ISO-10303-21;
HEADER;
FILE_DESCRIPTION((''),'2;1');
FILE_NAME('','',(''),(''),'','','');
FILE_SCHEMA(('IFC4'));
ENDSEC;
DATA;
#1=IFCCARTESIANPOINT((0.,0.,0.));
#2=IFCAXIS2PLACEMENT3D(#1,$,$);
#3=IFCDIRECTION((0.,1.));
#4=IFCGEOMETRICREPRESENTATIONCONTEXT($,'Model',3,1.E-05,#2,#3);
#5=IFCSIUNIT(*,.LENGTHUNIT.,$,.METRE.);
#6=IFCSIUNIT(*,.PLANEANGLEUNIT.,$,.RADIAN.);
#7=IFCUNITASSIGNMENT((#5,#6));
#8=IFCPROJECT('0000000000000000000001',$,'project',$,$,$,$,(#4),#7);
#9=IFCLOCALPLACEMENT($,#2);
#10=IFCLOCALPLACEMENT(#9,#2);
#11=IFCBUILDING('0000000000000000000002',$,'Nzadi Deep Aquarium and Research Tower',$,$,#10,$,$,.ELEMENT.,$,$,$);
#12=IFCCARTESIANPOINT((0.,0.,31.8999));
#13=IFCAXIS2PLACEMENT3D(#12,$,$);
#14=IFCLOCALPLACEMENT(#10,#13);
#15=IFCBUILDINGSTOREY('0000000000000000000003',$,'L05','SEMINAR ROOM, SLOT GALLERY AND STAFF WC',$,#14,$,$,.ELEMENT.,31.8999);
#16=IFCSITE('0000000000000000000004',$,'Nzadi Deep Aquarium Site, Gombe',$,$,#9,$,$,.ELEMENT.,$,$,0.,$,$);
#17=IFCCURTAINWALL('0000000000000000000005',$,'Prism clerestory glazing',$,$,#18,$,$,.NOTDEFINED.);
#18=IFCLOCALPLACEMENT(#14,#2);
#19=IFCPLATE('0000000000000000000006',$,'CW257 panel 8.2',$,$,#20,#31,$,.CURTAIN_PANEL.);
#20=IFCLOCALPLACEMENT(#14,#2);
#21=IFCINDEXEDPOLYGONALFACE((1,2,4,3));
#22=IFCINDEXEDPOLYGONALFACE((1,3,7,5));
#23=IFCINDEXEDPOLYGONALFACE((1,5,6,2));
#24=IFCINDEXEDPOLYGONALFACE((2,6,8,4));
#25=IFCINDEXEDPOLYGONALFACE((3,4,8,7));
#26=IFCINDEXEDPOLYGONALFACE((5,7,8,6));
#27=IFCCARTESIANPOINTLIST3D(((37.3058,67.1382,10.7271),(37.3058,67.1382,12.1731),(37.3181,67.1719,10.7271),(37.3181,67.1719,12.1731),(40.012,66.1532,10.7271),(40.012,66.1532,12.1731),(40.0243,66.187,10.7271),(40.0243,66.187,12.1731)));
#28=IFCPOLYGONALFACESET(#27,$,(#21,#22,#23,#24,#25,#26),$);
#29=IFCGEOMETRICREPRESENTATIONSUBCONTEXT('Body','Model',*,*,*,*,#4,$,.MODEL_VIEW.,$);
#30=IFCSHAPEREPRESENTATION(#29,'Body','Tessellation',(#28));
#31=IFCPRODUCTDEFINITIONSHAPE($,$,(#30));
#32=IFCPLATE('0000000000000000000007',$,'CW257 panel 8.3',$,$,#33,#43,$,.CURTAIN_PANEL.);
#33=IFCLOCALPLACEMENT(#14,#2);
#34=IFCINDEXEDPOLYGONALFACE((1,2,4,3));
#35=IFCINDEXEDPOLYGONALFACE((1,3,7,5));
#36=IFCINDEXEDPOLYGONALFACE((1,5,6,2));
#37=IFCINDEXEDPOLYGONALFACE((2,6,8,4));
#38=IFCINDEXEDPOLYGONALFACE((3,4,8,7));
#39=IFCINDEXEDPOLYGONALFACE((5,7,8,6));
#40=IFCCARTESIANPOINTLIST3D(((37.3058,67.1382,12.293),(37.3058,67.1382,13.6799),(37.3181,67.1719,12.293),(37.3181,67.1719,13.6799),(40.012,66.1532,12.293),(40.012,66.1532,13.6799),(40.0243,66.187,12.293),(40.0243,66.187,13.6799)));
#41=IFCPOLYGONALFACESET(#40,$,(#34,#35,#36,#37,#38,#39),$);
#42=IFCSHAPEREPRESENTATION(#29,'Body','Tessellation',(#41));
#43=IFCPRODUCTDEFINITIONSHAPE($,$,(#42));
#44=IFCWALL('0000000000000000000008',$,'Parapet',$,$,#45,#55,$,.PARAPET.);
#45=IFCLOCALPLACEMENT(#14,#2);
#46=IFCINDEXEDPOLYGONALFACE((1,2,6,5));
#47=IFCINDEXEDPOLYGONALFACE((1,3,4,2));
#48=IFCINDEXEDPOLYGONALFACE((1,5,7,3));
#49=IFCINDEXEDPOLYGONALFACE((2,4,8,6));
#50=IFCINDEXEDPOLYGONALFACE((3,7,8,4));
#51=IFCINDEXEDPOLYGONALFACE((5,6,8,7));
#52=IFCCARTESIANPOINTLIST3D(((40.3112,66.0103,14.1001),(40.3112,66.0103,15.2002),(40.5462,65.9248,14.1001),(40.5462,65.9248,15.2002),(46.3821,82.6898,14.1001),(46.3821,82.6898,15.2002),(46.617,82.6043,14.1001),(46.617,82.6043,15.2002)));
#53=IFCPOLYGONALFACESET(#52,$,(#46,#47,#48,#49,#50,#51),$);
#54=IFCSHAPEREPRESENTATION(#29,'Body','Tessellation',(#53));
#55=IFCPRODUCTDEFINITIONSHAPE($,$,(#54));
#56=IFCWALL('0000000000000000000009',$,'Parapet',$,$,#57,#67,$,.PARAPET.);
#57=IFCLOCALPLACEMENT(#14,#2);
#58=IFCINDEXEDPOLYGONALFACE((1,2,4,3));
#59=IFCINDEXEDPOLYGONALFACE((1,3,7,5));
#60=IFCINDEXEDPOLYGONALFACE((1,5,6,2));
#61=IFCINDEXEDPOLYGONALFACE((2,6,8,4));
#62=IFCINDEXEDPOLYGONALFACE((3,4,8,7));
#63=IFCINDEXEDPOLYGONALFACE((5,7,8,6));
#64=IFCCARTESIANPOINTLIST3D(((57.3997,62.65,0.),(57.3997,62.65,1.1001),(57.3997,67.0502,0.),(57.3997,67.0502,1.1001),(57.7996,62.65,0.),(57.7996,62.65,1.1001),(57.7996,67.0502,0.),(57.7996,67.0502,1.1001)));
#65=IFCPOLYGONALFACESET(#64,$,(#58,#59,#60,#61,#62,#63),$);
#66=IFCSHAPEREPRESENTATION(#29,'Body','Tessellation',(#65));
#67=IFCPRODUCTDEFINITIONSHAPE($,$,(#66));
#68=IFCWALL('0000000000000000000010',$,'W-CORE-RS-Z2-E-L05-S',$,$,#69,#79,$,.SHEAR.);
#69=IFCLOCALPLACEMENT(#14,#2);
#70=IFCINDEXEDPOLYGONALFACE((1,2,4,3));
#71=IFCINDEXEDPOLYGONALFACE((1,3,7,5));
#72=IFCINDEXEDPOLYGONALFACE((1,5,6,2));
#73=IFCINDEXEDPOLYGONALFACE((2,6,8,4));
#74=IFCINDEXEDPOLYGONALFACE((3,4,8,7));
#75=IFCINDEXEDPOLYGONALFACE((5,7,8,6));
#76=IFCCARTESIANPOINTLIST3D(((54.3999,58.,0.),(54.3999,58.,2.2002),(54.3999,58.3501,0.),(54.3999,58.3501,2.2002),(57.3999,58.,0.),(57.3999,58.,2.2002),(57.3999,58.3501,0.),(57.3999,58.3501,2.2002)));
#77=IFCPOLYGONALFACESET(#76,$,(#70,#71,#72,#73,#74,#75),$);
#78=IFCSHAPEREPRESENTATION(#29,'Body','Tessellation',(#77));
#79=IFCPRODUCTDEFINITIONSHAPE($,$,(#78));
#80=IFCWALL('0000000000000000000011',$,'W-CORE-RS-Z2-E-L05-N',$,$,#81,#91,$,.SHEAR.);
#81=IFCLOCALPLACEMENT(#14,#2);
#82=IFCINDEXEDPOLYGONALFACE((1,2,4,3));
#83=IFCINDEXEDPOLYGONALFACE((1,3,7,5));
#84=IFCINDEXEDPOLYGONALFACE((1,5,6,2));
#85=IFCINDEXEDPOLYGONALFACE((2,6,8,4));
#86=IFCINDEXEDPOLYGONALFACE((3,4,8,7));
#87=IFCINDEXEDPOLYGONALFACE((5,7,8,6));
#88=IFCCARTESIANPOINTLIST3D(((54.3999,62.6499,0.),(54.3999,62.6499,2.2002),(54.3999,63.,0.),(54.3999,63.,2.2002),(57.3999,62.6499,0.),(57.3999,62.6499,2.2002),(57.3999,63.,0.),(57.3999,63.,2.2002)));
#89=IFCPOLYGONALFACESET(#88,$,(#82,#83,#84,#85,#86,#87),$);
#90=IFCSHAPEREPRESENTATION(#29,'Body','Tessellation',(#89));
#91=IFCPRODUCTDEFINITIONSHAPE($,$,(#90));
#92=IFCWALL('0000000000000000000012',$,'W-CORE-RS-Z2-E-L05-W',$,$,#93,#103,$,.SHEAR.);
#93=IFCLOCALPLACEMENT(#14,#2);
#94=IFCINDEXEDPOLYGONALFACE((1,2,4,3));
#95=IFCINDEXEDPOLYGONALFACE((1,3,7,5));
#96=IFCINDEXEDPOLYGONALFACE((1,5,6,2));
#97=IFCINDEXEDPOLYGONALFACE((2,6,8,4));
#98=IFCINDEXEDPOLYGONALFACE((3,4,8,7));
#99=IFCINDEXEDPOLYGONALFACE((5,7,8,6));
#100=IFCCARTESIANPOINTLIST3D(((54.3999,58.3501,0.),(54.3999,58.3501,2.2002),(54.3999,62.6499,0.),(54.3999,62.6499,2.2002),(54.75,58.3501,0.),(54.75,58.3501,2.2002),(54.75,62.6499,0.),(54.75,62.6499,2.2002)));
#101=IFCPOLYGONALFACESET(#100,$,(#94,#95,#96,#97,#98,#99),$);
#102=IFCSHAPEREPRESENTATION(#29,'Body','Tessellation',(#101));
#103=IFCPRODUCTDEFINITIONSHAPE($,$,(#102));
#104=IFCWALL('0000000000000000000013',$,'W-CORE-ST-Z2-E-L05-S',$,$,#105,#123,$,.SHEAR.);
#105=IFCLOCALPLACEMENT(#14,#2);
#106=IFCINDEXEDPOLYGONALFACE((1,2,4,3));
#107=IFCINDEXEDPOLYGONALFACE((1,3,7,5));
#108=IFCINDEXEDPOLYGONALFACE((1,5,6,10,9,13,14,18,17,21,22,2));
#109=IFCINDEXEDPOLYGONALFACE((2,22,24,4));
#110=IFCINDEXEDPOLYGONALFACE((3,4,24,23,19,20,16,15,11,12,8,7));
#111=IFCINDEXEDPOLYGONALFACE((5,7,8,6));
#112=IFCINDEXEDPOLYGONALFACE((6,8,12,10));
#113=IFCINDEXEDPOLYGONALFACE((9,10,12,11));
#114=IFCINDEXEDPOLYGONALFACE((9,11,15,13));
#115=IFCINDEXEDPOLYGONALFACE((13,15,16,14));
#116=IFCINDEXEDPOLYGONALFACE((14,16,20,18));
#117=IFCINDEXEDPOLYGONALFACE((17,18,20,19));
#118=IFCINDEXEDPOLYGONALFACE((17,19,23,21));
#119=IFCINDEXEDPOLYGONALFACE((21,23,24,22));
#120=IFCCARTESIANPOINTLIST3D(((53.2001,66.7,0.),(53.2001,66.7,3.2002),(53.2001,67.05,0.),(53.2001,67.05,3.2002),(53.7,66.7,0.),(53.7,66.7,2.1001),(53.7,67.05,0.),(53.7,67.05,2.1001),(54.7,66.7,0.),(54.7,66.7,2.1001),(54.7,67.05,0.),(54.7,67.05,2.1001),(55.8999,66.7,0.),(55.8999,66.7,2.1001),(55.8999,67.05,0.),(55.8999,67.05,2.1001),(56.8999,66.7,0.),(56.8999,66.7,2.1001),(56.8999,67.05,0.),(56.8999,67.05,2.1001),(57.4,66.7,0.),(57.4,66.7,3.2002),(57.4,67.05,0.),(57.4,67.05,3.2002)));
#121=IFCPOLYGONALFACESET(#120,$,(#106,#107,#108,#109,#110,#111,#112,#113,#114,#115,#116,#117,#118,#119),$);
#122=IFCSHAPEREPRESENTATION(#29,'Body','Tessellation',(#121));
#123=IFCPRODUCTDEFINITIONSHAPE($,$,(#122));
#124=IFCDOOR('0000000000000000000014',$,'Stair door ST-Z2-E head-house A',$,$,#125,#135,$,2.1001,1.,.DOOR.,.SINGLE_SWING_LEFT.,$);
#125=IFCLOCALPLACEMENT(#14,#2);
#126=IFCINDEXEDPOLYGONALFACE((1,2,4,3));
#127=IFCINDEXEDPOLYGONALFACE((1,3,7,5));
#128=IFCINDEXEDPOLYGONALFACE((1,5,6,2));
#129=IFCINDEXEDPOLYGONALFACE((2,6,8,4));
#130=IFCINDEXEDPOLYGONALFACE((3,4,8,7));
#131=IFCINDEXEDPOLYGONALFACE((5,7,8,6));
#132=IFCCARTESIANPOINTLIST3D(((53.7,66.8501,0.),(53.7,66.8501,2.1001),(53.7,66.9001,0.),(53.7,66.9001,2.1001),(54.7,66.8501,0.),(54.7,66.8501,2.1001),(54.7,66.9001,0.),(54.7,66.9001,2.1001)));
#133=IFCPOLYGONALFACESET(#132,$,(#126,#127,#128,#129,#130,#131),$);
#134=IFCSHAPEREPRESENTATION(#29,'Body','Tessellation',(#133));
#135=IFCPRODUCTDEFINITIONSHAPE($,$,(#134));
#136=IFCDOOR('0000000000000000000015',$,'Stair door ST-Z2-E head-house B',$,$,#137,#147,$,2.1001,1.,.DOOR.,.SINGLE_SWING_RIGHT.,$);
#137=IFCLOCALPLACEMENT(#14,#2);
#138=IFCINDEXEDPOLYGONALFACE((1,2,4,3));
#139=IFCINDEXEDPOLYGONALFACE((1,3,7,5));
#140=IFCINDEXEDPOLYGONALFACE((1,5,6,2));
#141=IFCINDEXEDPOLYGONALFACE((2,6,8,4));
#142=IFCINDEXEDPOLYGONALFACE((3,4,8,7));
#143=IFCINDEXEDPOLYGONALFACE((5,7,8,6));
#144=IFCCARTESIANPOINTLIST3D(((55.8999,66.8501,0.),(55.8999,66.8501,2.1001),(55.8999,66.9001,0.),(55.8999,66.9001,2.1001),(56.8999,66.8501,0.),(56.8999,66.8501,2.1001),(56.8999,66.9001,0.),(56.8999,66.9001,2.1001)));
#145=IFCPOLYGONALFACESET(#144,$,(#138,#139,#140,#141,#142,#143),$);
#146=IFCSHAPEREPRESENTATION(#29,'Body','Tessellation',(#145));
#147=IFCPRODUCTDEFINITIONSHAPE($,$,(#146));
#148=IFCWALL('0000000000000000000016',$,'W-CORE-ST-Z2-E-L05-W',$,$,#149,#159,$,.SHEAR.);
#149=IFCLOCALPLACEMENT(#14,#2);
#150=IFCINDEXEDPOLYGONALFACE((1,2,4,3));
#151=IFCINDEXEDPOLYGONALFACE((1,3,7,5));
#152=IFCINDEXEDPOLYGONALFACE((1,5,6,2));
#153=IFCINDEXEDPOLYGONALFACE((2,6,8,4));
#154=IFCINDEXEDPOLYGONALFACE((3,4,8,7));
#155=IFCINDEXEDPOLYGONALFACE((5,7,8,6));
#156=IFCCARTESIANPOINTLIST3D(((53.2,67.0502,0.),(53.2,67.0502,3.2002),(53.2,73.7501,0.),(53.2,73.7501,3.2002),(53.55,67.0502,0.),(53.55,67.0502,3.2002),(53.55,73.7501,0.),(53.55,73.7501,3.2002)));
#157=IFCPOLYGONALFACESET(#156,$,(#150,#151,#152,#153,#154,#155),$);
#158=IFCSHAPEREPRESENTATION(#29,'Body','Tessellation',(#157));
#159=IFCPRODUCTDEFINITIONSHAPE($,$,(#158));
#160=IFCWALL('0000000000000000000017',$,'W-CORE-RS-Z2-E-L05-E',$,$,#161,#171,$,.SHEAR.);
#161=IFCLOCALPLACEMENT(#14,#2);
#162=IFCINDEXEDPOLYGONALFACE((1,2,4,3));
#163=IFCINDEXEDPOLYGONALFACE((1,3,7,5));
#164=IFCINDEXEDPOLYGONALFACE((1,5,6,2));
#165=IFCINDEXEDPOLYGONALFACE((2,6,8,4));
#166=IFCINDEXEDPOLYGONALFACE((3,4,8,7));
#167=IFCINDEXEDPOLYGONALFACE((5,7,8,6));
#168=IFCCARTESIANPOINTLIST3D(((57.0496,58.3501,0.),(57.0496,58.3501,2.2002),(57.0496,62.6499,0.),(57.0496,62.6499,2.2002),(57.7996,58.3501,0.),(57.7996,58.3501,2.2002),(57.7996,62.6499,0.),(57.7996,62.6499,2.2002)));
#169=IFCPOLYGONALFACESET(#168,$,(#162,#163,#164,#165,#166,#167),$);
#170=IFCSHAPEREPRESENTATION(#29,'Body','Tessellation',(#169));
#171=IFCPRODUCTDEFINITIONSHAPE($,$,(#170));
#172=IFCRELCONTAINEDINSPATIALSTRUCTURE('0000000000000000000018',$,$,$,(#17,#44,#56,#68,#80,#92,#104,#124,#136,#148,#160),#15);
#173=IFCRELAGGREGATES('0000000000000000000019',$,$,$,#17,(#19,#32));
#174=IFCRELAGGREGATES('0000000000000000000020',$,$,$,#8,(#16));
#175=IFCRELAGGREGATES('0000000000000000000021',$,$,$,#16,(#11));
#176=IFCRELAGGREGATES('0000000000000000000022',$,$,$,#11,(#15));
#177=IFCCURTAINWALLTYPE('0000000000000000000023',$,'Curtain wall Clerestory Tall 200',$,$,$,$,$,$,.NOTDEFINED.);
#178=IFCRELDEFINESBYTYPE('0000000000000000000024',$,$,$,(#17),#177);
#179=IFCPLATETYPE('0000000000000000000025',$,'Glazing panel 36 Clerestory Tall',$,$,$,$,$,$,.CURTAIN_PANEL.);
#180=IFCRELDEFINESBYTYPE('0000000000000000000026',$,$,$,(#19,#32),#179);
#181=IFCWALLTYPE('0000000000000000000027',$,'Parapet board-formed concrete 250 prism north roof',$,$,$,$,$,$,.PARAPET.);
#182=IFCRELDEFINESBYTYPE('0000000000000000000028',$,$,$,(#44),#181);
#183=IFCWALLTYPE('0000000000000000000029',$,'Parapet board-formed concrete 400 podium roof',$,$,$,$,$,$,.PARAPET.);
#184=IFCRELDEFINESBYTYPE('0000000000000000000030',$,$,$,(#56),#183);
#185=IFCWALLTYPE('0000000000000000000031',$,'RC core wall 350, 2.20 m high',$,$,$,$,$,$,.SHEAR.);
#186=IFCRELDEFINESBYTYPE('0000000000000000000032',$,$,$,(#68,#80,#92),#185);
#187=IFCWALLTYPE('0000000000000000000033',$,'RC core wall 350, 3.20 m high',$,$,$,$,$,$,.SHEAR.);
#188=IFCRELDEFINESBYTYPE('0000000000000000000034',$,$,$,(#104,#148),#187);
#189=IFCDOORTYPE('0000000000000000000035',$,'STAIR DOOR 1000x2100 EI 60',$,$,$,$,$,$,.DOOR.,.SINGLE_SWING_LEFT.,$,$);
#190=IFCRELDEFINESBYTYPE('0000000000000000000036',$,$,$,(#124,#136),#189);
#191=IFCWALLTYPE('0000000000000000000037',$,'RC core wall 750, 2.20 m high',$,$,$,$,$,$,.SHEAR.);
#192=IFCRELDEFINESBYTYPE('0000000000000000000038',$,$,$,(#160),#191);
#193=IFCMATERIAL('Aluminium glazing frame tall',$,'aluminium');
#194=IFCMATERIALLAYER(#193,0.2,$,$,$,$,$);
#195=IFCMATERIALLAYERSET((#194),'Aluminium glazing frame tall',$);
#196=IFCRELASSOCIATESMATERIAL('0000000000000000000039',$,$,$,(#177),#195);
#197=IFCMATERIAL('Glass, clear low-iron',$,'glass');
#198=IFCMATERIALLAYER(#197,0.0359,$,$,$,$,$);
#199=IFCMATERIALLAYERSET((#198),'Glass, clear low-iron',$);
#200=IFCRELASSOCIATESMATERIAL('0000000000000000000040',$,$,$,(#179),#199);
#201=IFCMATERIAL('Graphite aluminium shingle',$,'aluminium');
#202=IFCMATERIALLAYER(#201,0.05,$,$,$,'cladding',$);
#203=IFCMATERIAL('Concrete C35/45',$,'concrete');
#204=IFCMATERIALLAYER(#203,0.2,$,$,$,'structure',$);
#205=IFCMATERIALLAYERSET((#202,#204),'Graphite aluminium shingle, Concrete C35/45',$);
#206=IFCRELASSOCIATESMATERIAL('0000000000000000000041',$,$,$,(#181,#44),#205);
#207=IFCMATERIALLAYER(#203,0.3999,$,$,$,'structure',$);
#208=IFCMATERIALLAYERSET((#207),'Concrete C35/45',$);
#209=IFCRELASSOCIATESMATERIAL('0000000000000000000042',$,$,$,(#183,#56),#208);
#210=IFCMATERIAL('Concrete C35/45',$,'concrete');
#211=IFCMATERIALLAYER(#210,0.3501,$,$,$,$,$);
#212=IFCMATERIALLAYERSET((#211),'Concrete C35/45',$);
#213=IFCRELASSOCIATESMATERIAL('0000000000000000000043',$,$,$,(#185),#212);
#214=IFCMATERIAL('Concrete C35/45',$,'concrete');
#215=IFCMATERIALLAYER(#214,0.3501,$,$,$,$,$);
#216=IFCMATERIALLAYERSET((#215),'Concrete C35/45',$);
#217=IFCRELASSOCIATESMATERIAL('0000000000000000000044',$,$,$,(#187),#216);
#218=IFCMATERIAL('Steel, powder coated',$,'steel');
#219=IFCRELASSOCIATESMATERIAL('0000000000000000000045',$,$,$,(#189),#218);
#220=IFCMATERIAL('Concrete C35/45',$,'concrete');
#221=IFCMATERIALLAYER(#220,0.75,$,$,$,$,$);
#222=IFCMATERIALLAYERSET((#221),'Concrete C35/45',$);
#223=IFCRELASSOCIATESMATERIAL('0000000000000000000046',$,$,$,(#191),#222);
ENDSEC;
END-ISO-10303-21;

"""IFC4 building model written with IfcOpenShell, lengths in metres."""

from ifc_helpers import new_model, si_unit, direction, frame, frame_2d, origin, origin_2d, place, context, subcontext, project, spatial, rectangle, extrude, material, layer, layer_set, layer_usage, type_object, element, fill, aggregate, save


model = new_model("IFC4")

# Units and contexts
model_context = context("Model", 3, precision=1e-05, world=origin(), true_north=direction((0.0, 1.0)))
body_context = subcontext(model_context, "Body", "Model", "MODEL_VIEW")
ifc_project = project(units=[si_unit("LENGTHUNIT", "METRE"), si_unit("PLANEANGLEUNIT", "RADIAN")], contexts=[model_context])

# Site, building, storey
site_placement = place(None, origin())
site = spatial("IfcSite", under=ifc_project, at=site_placement, Name="Nzadi Deep Aquarium Site, Gombe", CompositionType="ELEMENT", RefElevation=0.0)
building_placement = place(site_placement, origin())
building = spatial("IfcBuilding", under=site, at=building_placement, Name="Nzadi Deep Aquarium and Research Tower", CompositionType="ELEMENT")
storey_placement = place(building_placement, frame((0.0, 0.0, 31.8999)))
storey = spatial("IfcBuildingStorey", under=building, at=storey_placement, Name="L05", Description="SEMINAR ROOM, SLOT GALLERY AND STAFF WC", CompositionType="ELEMENT", Elevation=31.8999)

# Curtain wall
ifc_material_1 = material(Name="Aluminium glazing frame tall", Category="aluminium")
ifc_layer_1 = layer(ifc_material_1, 0.2)
ifc_layer_set_1 = layer_set([ifc_layer_1], Name="Aluminium glazing frame tall")
curtain_wall_type = type_object("IfcCurtainWallType", Name="Curtain wall Clerestory Tall 200", PredefinedType="NOTDEFINED", material=ifc_layer_set_1)
curtain_wall_placement = place(storey_placement, origin())
curtain_wall = element("IfcCurtainWall", 1, at=curtain_wall_placement, inside=storey, type_object=curtain_wall_type, Name="Prism clerestory glazing", PredefinedType="NOTDEFINED")

# Plates
ifc_material_2 = material(Name="Glass, clear low-iron", Category="glass")
ifc_layer_2 = layer(ifc_material_2, 0.0359)
ifc_layer_set_2 = layer_set([ifc_layer_2], Name="Glass, clear low-iron")
plate_type = type_object("IfcPlateType", Name="Glazing panel 36 Clerestory Tall", PredefinedType="CURTAIN_PANEL", material=ifc_layer_set_2)
plate_1_placement = place(storey_placement, frame((38.665, 66.6626, 10.7271), z_axis=(0.0, 0.0, 1.0), x_axis=(0.939693, -0.34202, 0.0)))
plate_1 = element("IfcPlate", 2, at=plate_1_placement, type_object=plate_type, Name="CW257 panel 8.2", PredefinedType="CURTAIN_PANEL", context=body_context, shape_type="SweptSolid", body=[
    extrude(rectangle(XDim=2.8799, YDim=0.0359, at=origin_2d()), origin(), (0.0, 0.0, 1.0), 1.446),
])
plate_2_placement = place(storey_placement, frame((38.665, 66.6626, 12.293), z_axis=(0.0, 0.0, 1.0), x_axis=(0.939693, -0.34202, 0.0)))
plate_2 = element("IfcPlate", 3, at=plate_2_placement, type_object=plate_type, Name="CW257 panel 8.3", PredefinedType="CURTAIN_PANEL", context=body_context, shape_type="SweptSolid", body=[
    extrude(rectangle(XDim=2.8799, YDim=0.0359, at=origin_2d()), origin(), (0.0, 0.0, 1.0), 1.387),
])
aggregate(curtain_wall, [plate_1, plate_2])

# Walls
ifc_material_3 = material(Name="Graphite aluminium shingle", Category="aluminium")
ifc_layer_3 = layer(ifc_material_3, 0.05, Category="cladding")
ifc_material_4 = material(Name="Concrete C35/45", Category="concrete")
ifc_layer_4 = layer(ifc_material_4, 0.2, Category="structure")
ifc_layer_set_3 = layer_set([ifc_layer_3, ifc_layer_4], Name="Graphite aluminium shingle, Concrete C35/45")
ifc_layer_usage_1 = layer_usage(ifc_layer_set_3, "AXIS2", "POSITIVE", -0.125)
wall_type_1 = type_object("IfcWallType", Name="Parapet board-formed concrete 250 prism north roof", PredefinedType="PARAPET", material=ifc_layer_set_3)
wall_1_placement = place(storey_placement, frame((40.4287, 65.9675, 14.1001), z_axis=(0.0, 0.0, 1.0), x_axis=(0.342019, 0.939693, 0.0)))
element("IfcWall", 4, at=wall_1_placement, inside=storey, type_object=wall_type_1, material=ifc_layer_usage_1, Name="Parapet", PredefinedType="PARAPET", context=body_context, shape_type="SweptSolid", body=[
    extrude(rectangle(XDim=17.75, YDim=0.25, at=frame_2d((8.875, 0.0))), origin(), (0.0, 0.0, 1.0), 1.1001),
])
ifc_layer_5 = layer(ifc_material_4, 0.3999, Category="structure")
ifc_layer_set_4 = layer_set([ifc_layer_5], Name="Concrete C35/45")
ifc_layer_usage_2 = layer_usage(ifc_layer_set_4, "AXIS2", "POSITIVE", -0.2)
wall_type_2 = type_object("IfcWallType", Name="Parapet board-formed concrete 400 podium roof", PredefinedType="PARAPET", material=ifc_layer_set_4)
wall_2_placement = place(storey_placement, frame((57.5996, 62.6499, 0.0), z_axis=(0.0, 0.0, 1.0), x_axis=(0.0, 1.0, 0.0)))
element("IfcWall", 5, at=wall_2_placement, inside=storey, type_object=wall_type_2, material=ifc_layer_usage_2, Name="Parapet", PredefinedType="PARAPET", context=body_context, shape_type="SweptSolid", body=[
    extrude(rectangle(XDim=4.4001, YDim=0.3999, at=frame_2d((2.2002, 0.0))), origin(), (0.0, 0.0, 1.0), 1.1001),
])
ifc_material_5 = material(Name="Concrete C35/45", Category="concrete")
ifc_layer_6 = layer(ifc_material_5, 0.3501)
ifc_layer_set_5 = layer_set([ifc_layer_6], Name="Concrete C35/45")
wall_type_3 = type_object("IfcWallType", Name="RC core wall 350, 2.20 m high", PredefinedType="SHEAR", material=ifc_layer_set_5)
for number, where, z_axis, x_axis, name in (
    (6, (54.3999, 58.175, 0.0), (0.0, 0.0, 1.0), (1.0, 0.0, 0.0), "W-CORE-RS-Z2-E-L05-S"),
    (7, (54.3999, 62.825, 0.0), (0.0, 0.0, 1.0), (1.0, 0.0, 0.0), "W-CORE-RS-Z2-E-L05-N"),
):
    element("IfcWall", number, at=place(storey_placement, frame(where, z_axis=z_axis, x_axis=x_axis)), inside=storey, type_object=wall_type_3, Name=name, PredefinedType="SHEAR", context=body_context, shape_type="SweptSolid", body=[
        extrude(rectangle(XDim=3.0, YDim=0.3501, at=frame_2d((1.5, 0.0))), origin(), (0.0, 0.0, 1.0), 2.2002),
    ])
wall_3_placement = place(storey_placement, frame((54.575, 58.3501, 0.0), z_axis=(0.0, 0.0, 1.0), x_axis=(0.0, 1.0, 0.0)))
element("IfcWall", 8, at=wall_3_placement, inside=storey, type_object=wall_type_3, Name="W-CORE-RS-Z2-E-L05-W", PredefinedType="SHEAR", context=body_context, shape_type="SweptSolid", body=[
    extrude(rectangle(XDim=4.2998, YDim=0.3501, at=frame_2d((2.1499, 0.0))), origin(), (0.0, 0.0, 1.0), 2.2002),
])

# Wall, openings, doors
ifc_material_6 = material(Name="Concrete C35/45", Category="concrete")
ifc_layer_7 = layer(ifc_material_6, 0.3501)
ifc_layer_set_6 = layer_set([ifc_layer_7], Name="Concrete C35/45")
wall_type_4 = type_object("IfcWallType", Name="RC core wall 350, 3.20 m high", PredefinedType="SHEAR", material=ifc_layer_set_6)
wall_4_placement = place(storey_placement, frame((53.2, 66.875, 0.0), z_axis=(0.0, 0.0, 1.0), x_axis=(1.0, 0.0, 0.0)))
wall_4 = element("IfcWall", 9, at=wall_4_placement, inside=storey, type_object=wall_type_4, Name="W-CORE-ST-Z2-E-L05-S", PredefinedType="SHEAR", context=body_context, shape_type="SweptSolid", body=[
    extrude(rectangle(XDim=4.2, YDim=0.3501, at=frame_2d((2.1001, 0.0))), origin(), (0.0, 0.0, 1.0), 3.2002),
])
opening_1_placement = place(wall_4_placement, frame((0.5, 0.0, 0.0)))
opening_1 = element("IfcOpeningElement", 10, at=opening_1_placement, cuts=wall_4, PredefinedType="OPENING", context=body_context, shape_type="SweptSolid", body=[
    extrude(rectangle(XDim=1.0, YDim=2.1001, at=frame_2d((0.5, 1.05))), frame((0.0, 0.1851, 0.0), z_axis=(0.0, -1.0, 0.0), x_axis=(1.0, 0.0, 0.0)), (0.0, 0.0, 1.0), 0.3701),
])
opening_2_placement = place(wall_4_placement, frame((2.7, 0.0, 0.0)))
opening_2 = element("IfcOpeningElement", 11, at=opening_2_placement, cuts=wall_4, PredefinedType="OPENING", context=body_context, shape_type="SweptSolid", body=[
    extrude(rectangle(XDim=1.0, YDim=2.1001, at=frame_2d((0.5, 1.05))), frame((0.0, 0.1851, 0.0), z_axis=(0.0, -1.0, 0.0), x_axis=(1.0, 0.0, 0.0)), (0.0, 0.0, 1.0), 0.3701),
])
ifc_material_7 = material(Name="Steel, powder coated", Category="steel")
door_type = type_object("IfcDoorType", Name="STAIR DOOR 1000x2100 EI 60", OperationType="SINGLE_SWING_LEFT", PredefinedType="DOOR", material=ifc_material_7)
door_1_placement = place(opening_1_placement, frame((1.0, 0.0, 0.0), z_axis=(0.0, 0.0, 1.0), x_axis=(-1.0, 0.0, 0.0)))
door_1 = element("IfcDoor", 12, at=door_1_placement, inside=storey, type_object=door_type, Name="Stair door ST-Z2-E head-house A", OperationType="SINGLE_SWING_LEFT", OverallHeight=2.1001, OverallWidth=1.0, PredefinedType="DOOR", context=body_context, shape_type="SweptSolid", body=[
    extrude(rectangle(XDim=1.0, YDim=2.1001, at=frame_2d((0.5, 1.05))), frame((0.0, 0.0249, 0.0), z_axis=(0.0, -1.0, 0.0), x_axis=(1.0, 0.0, 0.0)), (0.0, 0.0, 1.0), 0.05),
])
fill(opening_1, door_1)
door_2_placement = place(opening_2_placement, frame((1.0, 0.0, 0.0), z_axis=(0.0, 0.0, 1.0), x_axis=(-1.0, 0.0, 0.0)))
door_2 = element("IfcDoor", 13, at=door_2_placement, inside=storey, type_object=door_type, Name="Stair door ST-Z2-E head-house B", OperationType="SINGLE_SWING_RIGHT", OverallHeight=2.1001, OverallWidth=1.0, PredefinedType="DOOR", context=body_context, shape_type="SweptSolid", body=[
    extrude(rectangle(XDim=1.0, YDim=2.1001, at=frame_2d((0.5, 1.05))), frame((0.0, 0.0249, 0.0), z_axis=(0.0, -1.0, 0.0), x_axis=(1.0, 0.0, 0.0)), (0.0, 0.0, 1.0), 0.05),
])
fill(opening_2, door_2)

# Walls
wall_5_placement = place(storey_placement, frame((53.375, 67.05, 0.0), z_axis=(0.0, 0.0, 1.0), x_axis=(0.0, 1.0, 0.0)))
element("IfcWall", 14, at=wall_5_placement, inside=storey, type_object=wall_type_4, Name="W-CORE-ST-Z2-E-L05-W", PredefinedType="SHEAR", context=body_context, shape_type="SweptSolid", body=[
    extrude(rectangle(XDim=6.7, YDim=0.3501, at=frame_2d((3.3501, 0.0))), origin(), (0.0, 0.0, 1.0), 3.2002),
])
ifc_material_8 = material(Name="Concrete C35/45", Category="concrete")
ifc_layer_8 = layer(ifc_material_8, 0.75)
ifc_layer_set_7 = layer_set([ifc_layer_8], Name="Concrete C35/45")
wall_type_5 = type_object("IfcWallType", Name="RC core wall 750, 2.20 m high", PredefinedType="SHEAR", material=ifc_layer_set_7)
wall_6_placement = place(storey_placement, frame((57.4246, 58.3501, 0.0), z_axis=(0.0, 0.0, 1.0), x_axis=(0.0, 1.0, 0.0)))
element("IfcWall", 15, at=wall_6_placement, inside=storey, type_object=wall_type_5, Name="W-CORE-RS-Z2-E-L05-E", PredefinedType="SHEAR", context=body_context, shape_type="SweptSolid", body=[
    extrude(rectangle(XDim=4.2998, YDim=0.75, at=frame_2d((2.1499, 0.0))), origin(), (0.0, 0.0, 1.0), 2.2002),
])

save(model, "model.ifc")
